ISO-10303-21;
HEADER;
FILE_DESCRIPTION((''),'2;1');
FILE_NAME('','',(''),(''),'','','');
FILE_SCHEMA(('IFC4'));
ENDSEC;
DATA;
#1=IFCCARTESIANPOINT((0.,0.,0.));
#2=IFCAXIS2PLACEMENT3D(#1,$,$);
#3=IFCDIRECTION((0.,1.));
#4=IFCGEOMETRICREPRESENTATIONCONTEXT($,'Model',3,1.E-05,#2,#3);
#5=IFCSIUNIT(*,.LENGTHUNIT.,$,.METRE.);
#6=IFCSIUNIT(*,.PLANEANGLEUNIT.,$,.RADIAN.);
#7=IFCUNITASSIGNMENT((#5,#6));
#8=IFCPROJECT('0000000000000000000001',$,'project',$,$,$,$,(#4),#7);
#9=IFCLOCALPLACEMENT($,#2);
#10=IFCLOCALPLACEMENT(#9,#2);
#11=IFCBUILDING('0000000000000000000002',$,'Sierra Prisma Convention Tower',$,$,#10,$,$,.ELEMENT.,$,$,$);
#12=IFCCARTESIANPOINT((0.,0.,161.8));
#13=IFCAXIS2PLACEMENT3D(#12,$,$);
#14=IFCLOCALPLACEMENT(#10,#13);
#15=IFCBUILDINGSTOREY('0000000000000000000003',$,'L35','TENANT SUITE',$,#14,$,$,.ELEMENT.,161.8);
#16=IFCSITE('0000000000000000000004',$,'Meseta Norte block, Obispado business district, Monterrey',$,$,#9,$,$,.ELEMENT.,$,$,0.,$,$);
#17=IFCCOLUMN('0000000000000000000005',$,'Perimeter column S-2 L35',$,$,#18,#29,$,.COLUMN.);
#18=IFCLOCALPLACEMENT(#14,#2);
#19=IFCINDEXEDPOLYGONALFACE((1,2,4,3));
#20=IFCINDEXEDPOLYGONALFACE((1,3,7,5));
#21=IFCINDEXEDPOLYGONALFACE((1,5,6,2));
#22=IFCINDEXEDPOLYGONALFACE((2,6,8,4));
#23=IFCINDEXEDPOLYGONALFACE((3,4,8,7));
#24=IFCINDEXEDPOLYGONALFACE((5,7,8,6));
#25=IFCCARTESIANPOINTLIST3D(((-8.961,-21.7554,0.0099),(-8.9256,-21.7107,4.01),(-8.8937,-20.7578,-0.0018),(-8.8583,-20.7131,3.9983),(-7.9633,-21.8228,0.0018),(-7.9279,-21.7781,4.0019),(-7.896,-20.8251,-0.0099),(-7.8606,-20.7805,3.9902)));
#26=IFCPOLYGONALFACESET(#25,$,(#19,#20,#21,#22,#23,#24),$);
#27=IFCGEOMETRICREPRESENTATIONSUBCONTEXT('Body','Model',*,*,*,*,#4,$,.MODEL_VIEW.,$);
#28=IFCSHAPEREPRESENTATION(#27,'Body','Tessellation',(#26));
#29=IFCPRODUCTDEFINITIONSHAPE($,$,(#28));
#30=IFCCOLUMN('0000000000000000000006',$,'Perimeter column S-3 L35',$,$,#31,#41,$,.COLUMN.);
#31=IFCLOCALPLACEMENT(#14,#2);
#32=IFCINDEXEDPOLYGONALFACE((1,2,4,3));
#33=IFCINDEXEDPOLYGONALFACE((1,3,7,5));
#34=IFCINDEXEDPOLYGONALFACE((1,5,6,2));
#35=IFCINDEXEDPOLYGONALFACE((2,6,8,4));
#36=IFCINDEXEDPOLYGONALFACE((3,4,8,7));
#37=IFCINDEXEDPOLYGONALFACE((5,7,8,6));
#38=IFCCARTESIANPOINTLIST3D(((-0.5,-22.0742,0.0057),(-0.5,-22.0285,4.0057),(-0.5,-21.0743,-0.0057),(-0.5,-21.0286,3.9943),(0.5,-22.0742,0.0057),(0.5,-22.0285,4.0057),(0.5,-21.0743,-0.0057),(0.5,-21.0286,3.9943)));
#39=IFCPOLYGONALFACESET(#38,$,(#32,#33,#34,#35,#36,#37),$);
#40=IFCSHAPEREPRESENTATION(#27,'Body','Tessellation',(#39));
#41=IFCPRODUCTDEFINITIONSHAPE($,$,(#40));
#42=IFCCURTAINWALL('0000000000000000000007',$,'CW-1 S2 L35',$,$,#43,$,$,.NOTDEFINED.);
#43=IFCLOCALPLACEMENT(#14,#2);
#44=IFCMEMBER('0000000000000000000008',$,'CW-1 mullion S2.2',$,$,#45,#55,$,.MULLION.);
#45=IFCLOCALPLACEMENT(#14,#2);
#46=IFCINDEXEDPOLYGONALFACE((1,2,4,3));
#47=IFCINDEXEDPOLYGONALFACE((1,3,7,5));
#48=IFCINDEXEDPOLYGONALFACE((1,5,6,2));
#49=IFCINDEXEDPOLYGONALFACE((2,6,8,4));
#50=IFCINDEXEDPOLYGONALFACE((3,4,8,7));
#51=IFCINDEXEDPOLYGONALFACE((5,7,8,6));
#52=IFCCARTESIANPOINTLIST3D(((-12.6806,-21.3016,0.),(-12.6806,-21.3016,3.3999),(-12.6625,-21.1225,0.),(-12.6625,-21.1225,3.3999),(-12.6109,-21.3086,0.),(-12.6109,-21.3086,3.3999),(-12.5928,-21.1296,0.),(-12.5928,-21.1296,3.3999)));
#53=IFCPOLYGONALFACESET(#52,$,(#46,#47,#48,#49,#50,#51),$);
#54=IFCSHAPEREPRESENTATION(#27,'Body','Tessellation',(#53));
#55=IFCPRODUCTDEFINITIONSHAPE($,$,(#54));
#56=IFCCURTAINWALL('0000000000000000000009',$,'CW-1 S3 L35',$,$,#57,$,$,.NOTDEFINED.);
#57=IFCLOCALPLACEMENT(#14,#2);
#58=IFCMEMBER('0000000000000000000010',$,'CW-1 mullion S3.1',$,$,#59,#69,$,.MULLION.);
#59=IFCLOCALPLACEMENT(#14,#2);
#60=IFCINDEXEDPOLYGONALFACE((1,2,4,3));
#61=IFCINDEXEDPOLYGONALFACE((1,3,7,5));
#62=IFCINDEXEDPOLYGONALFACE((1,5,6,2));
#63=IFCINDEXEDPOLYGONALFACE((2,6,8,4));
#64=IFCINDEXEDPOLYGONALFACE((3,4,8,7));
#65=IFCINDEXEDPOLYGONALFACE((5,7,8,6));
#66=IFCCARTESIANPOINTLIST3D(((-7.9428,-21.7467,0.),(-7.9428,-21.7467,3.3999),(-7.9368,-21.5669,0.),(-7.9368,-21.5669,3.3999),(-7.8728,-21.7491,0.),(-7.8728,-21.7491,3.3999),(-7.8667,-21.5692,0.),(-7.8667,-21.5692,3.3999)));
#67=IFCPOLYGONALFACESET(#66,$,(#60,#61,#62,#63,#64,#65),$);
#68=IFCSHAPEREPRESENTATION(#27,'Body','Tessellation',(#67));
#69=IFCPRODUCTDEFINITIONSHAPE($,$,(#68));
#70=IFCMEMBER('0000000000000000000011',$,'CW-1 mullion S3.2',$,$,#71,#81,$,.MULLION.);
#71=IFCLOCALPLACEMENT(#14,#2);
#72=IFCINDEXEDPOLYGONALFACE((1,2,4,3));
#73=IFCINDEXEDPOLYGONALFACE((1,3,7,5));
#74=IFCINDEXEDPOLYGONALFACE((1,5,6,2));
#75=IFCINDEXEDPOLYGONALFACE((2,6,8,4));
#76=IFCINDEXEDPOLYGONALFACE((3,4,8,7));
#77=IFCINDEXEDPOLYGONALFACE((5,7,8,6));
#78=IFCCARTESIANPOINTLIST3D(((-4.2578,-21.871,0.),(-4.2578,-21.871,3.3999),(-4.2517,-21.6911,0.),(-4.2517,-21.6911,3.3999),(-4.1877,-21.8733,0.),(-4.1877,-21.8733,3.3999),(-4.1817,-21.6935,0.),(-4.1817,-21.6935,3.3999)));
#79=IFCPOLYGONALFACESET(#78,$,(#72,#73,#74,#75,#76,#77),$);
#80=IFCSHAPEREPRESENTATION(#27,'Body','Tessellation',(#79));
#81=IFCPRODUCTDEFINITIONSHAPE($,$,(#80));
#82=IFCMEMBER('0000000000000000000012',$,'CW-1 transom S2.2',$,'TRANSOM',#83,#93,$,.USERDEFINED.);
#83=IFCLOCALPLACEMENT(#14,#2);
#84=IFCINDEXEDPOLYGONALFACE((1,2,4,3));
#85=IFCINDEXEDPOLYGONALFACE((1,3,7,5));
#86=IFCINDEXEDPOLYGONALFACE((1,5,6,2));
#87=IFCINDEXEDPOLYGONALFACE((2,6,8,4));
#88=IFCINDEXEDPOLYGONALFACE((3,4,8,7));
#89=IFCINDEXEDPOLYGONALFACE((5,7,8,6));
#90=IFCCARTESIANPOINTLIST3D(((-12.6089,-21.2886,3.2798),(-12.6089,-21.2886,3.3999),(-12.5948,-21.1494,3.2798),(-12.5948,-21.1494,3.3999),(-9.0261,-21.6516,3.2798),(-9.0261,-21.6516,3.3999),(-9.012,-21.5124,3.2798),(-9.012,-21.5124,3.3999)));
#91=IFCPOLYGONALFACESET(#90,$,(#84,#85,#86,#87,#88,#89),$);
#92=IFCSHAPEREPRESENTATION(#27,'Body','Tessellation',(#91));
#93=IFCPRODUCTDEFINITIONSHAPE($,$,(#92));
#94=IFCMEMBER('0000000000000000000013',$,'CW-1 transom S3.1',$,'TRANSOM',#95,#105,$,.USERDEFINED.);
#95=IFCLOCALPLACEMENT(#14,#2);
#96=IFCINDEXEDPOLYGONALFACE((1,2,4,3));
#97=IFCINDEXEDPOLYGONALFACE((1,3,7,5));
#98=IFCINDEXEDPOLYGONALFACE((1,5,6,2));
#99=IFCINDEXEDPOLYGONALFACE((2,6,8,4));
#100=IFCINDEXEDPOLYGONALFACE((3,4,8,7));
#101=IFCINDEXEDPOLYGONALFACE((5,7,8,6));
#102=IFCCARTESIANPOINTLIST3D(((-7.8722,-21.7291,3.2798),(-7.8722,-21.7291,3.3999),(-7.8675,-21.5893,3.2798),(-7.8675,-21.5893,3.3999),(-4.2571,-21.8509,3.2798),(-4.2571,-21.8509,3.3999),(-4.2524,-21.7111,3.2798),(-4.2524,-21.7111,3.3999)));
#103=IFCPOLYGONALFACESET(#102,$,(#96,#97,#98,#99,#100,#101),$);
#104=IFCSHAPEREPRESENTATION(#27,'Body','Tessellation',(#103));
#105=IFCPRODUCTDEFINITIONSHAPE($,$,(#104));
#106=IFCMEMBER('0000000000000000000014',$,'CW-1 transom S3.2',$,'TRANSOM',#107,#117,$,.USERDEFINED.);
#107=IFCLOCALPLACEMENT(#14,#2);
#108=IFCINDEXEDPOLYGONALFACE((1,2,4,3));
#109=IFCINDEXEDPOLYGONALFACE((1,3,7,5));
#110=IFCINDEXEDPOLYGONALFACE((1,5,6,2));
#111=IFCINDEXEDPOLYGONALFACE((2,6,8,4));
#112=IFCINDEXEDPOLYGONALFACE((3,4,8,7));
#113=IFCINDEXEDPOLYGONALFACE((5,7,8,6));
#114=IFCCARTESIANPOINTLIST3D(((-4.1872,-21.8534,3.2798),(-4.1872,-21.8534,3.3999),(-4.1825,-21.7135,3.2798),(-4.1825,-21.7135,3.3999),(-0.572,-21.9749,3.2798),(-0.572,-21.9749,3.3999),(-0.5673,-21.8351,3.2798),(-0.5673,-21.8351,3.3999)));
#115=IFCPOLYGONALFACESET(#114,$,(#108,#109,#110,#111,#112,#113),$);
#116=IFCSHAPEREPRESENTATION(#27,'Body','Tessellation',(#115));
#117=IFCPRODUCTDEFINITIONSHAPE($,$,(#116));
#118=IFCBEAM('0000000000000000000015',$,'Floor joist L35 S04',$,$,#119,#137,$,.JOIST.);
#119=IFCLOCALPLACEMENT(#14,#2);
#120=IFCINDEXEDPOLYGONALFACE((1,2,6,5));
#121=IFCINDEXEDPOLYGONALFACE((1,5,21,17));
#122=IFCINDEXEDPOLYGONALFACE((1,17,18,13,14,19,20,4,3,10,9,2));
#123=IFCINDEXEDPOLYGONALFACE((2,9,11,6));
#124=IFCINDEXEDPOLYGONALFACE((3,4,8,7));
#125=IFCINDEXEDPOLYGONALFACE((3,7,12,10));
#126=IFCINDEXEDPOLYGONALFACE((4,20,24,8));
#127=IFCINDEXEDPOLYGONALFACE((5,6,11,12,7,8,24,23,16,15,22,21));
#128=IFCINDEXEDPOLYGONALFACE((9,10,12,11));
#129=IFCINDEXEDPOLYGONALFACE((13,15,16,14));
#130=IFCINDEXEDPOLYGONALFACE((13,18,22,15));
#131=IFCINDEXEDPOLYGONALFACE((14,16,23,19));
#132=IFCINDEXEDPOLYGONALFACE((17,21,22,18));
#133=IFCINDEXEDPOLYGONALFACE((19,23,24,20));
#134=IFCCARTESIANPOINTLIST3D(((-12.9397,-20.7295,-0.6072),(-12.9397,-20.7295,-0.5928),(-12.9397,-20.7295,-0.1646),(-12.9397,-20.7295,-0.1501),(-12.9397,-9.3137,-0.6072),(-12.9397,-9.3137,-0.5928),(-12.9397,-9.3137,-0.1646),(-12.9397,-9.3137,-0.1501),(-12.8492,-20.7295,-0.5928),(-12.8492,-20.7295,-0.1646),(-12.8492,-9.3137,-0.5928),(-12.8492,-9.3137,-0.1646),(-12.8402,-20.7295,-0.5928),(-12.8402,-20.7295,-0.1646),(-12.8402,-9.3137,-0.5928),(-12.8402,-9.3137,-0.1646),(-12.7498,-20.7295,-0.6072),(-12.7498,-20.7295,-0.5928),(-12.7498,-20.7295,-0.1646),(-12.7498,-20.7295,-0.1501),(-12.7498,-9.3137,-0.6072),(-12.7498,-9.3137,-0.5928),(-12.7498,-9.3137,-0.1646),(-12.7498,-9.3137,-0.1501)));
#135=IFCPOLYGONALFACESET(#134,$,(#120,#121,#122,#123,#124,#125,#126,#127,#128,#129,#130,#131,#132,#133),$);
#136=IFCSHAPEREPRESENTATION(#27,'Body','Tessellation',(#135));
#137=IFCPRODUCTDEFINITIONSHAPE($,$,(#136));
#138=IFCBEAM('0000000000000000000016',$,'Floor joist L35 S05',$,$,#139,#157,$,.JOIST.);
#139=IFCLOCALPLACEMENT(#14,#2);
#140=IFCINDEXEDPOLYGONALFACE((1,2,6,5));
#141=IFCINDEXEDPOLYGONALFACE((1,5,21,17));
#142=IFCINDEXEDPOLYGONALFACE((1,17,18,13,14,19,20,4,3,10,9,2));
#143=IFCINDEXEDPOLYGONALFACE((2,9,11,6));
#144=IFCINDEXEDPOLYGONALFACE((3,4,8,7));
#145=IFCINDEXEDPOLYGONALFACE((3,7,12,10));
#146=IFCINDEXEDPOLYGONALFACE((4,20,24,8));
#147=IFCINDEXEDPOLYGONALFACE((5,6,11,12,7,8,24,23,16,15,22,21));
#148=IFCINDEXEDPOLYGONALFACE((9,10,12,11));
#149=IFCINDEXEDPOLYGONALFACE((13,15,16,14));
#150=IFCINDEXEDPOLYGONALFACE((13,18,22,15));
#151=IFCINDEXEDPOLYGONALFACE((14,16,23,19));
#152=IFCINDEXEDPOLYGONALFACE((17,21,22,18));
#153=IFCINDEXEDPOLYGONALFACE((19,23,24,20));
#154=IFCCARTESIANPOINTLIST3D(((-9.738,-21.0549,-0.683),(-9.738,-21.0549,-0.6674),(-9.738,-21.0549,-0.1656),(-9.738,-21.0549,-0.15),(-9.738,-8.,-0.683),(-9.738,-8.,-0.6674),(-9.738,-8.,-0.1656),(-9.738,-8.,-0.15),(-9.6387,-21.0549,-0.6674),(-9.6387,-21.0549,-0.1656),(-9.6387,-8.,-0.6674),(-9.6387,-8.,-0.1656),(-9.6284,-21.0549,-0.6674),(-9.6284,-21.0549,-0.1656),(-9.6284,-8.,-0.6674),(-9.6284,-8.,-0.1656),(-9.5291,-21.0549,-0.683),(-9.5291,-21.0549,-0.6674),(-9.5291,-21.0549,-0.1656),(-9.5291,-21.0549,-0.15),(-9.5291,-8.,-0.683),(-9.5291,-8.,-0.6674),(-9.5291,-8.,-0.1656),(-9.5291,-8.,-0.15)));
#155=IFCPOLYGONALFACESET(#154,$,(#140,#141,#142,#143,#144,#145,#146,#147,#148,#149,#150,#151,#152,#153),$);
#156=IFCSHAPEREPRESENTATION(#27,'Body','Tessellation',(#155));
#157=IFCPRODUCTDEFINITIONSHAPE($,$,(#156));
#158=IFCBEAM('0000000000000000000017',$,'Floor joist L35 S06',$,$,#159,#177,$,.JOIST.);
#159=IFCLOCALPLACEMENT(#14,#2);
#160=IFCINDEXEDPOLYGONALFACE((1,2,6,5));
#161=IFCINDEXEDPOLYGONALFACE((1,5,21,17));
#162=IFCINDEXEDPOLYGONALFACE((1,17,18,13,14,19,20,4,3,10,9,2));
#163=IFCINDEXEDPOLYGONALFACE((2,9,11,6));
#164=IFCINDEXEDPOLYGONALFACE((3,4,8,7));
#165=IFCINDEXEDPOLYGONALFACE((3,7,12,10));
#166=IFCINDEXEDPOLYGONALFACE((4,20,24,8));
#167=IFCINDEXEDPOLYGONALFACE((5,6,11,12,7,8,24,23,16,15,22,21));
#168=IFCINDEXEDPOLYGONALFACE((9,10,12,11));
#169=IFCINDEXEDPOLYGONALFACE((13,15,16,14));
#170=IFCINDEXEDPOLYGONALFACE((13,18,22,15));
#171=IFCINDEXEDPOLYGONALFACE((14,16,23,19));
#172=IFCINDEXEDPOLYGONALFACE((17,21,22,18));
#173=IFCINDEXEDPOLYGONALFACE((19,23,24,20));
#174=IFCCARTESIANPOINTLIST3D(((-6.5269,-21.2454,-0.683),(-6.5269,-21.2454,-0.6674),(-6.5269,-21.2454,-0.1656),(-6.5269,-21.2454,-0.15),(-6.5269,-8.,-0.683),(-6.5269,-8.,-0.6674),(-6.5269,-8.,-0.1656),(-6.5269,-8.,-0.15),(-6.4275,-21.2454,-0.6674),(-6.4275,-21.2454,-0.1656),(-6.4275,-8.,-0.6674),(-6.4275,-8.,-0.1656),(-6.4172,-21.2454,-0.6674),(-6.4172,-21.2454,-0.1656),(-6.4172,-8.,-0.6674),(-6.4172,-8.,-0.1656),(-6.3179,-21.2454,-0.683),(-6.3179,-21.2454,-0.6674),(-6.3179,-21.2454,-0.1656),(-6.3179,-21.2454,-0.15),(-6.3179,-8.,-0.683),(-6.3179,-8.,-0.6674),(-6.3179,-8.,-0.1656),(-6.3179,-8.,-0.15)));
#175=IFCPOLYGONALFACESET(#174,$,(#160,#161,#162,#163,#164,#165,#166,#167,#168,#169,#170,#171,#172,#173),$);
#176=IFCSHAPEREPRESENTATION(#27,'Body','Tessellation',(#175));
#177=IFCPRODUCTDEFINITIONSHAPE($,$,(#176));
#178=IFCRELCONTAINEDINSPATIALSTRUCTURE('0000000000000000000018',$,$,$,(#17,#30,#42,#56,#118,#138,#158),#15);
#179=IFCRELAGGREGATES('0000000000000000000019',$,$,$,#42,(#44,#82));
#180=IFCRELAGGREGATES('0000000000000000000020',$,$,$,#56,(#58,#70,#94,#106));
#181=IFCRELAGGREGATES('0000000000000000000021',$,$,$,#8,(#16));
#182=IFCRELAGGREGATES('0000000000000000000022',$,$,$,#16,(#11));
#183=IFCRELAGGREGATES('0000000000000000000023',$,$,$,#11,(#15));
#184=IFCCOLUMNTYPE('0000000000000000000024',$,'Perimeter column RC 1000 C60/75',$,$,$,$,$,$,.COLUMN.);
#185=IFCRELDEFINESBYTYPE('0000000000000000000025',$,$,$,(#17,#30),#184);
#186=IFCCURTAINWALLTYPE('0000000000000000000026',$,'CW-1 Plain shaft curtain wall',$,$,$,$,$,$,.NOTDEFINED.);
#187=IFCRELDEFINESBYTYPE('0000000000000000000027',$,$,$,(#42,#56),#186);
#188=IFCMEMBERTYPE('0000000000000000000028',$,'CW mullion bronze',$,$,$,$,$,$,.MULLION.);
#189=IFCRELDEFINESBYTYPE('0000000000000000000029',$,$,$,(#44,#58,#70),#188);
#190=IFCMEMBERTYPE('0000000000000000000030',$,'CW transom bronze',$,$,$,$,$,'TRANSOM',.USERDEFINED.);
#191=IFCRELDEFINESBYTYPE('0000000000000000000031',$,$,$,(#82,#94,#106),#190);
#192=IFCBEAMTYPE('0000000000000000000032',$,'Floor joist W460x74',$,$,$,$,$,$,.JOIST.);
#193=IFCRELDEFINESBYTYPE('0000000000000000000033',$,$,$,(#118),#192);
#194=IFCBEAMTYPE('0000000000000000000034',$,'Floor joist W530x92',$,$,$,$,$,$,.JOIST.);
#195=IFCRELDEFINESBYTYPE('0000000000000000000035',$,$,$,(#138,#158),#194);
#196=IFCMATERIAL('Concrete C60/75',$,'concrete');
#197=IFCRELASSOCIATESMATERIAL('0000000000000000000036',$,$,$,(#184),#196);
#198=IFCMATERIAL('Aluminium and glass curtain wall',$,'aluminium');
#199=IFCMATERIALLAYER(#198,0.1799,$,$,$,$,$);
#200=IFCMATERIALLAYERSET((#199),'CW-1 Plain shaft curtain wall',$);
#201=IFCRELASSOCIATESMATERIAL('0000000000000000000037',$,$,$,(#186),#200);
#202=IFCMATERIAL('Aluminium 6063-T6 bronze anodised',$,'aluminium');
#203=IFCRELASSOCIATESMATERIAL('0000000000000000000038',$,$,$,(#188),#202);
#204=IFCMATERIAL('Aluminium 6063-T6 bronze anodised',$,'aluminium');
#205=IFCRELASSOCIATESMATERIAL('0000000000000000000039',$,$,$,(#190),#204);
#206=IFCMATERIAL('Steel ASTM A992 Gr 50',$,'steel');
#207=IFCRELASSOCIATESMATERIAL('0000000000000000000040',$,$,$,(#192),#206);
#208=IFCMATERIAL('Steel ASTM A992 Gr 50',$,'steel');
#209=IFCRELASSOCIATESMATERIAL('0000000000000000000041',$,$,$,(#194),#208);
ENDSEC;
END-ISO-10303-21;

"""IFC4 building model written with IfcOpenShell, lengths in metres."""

from ifc_helpers import new_model, si_unit, direction, frame, origin, origin_2d, place, context, subcontext, project, spatial, rectangle, i_section, extrude, material, layer, layer_set, material_profile, profile_set, type_object, element, aggregate, save


model = new_model("IFC4")

# Units and contexts
model_context = context("Model", 3, precision=1e-05, world=origin(), true_north=direction((0.0, 1.0)))
body_context = subcontext(model_context, "Body", "Model", "MODEL_VIEW")
ifc_project = project(units=[si_unit("LENGTHUNIT", "METRE"), si_unit("PLANEANGLEUNIT", "RADIAN")], contexts=[model_context])

# Site, building, storey
site_placement = place(None, origin())
site = spatial("IfcSite", under=ifc_project, at=site_placement, Name="Meseta Norte block, Obispado business district, Monterrey", CompositionType="ELEMENT", RefElevation=0.0)
building_placement = place(site_placement, origin())
building = spatial("IfcBuilding", under=site, at=building_placement, Name="Sierra Prisma Convention Tower", CompositionType="ELEMENT")
storey_placement = place(building_placement, frame((0.0, 0.0, 161.8)))
storey = spatial("IfcBuildingStorey", under=building, at=storey_placement, Name="L35", Description="TENANT SUITE", CompositionType="ELEMENT", Elevation=161.8)

# Columns
ifc_material_1 = material(Name="Concrete C60/75", Category="concrete")
ifc_material_profile_1 = material_profile(ifc_material_1, rectangle(XDim=1.0, YDim=1.0, at=origin_2d()), Name="Perimeter column RC 1000 C60/75")
ifc_profile_set_1 = profile_set([ifc_material_profile_1], Name="Concrete C60/75")
column_type = type_object("IfcColumnType", Name="Perimeter column RC 1000 C60/75", PredefinedType="COLUMN", material=ifc_profile_set_1)
column_1_placement = place(storey_placement, frame((-8.4285, -21.2903, 0.0), z_axis=(0.008849, 0.011168, 0.999898), x_axis=(-0.997695, 0.06738, 0.008077)))
element("IfcColumn", 1, at=column_1_placement, inside=storey, type_object=column_type, Name="Perimeter column S-2 L35", PredefinedType="COLUMN", context=body_context, shape_type="SweptSolid", body=[
    extrude(rectangle(XDim=1.0, YDim=1.0, at=origin_2d()), origin(), (0.0, 0.0, 1.0), 4.0005),
])
column_2_placement = place(storey_placement, frame((0.0, -21.5742, 0.0), z_axis=(0.0, 0.011413, 0.999935), x_axis=(1.0, 0.0, 0.0)))
element("IfcColumn", 2, at=column_2_placement, inside=storey, type_object=column_type, Name="Perimeter column S-3 L35", PredefinedType="COLUMN", context=body_context, shape_type="SweptSolid", body=[
    extrude(rectangle(XDim=1.0, YDim=1.0, at=origin_2d()), origin(), (0.0, 0.0, 1.0), 4.0002),
])

# Curtain wall, member
ifc_material_2 = material(Name="Aluminium and glass curtain wall", Category="aluminium")
ifc_layer_1 = layer(ifc_material_2, 0.1799)
ifc_layer_set_1 = layer_set([ifc_layer_1], Name="CW-1 Plain shaft curtain wall")
curtain_wall_type = type_object("IfcCurtainWallType", Name="CW-1 Plain shaft curtain wall", PredefinedType="NOTDEFINED", material=ifc_layer_set_1)
curtain_wall_1_placement = place(storey_placement, origin())
curtain_wall_1 = element("IfcCurtainWall", 3, at=curtain_wall_1_placement, inside=storey, type_object=curtain_wall_type, Name="CW-1 S2 L35", PredefinedType="NOTDEFINED")
ifc_material_3 = material(Name="Aluminium 6063-T6 bronze anodised", Category="aluminium")
ifc_material_profile_2 = material_profile(ifc_material_3, rectangle(XDim=0.1799, YDim=0.0701, at=origin_2d()), Name="ALU MULLION 70x180")
ifc_profile_set_2 = profile_set([ifc_material_profile_2], Name="Aluminium 6063-T6 bronze anodised")
member_type_1 = type_object("IfcMemberType", Name="CW mullion bronze", PredefinedType="MULLION", material=ifc_profile_set_2)
member_1_placement = place(storey_placement, frame((-12.6367, -21.2156, 0.0), z_axis=(0.0, 0.0, 1.0), x_axis=(0.100833, 0.994903, 0.0)))
member_1 = element("IfcMember", 4, at=member_1_placement, type_object=member_type_1, Name="CW-1 mullion S2.2", PredefinedType="MULLION", context=body_context, shape_type="SweptSolid", body=[
    extrude(rectangle(XDim=0.1799, YDim=0.0701, at=origin_2d()), origin(), (0.0, 0.0, 1.0), 3.3999),
])

# Curtain wall, members
curtain_wall_2_placement = place(storey_placement, origin())
curtain_wall_2 = element("IfcCurtainWall", 5, at=curtain_wall_2_placement, inside=storey, type_object=curtain_wall_type, Name="CW-1 S3 L35", PredefinedType="NOTDEFINED")
member_2_placement = place(storey_placement, frame((-7.9048, -21.658, 0.0), z_axis=(0.0, 0.0, 1.0), x_axis=(0.033662, 0.999433, 0.0)))
member_2 = element("IfcMember", 6, at=member_2_placement, type_object=member_type_1, Name="CW-1 mullion S3.1", PredefinedType="MULLION", context=body_context, shape_type="SweptSolid", body=[
    extrude(rectangle(XDim=0.1799, YDim=0.0701, at=origin_2d()), origin(), (0.0, 0.0, 1.0), 3.3999),
])
member_3_placement = place(storey_placement, frame((-4.2197, -21.7822, 0.0), z_axis=(0.0, 0.0, 1.0), x_axis=(0.033662, 0.999433, 0.0)))
member_3 = element("IfcMember", 7, at=member_3_placement, type_object=member_type_1, Name="CW-1 mullion S3.2", PredefinedType="MULLION", context=body_context, shape_type="SweptSolid", body=[
    extrude(rectangle(XDim=0.1799, YDim=0.0701, at=origin_2d()), origin(), (0.0, 0.0, 1.0), 3.3999),
])

# Members
ifc_material_4 = material(Name="Aluminium 6063-T6 bronze anodised", Category="aluminium")
ifc_material_profile_3 = material_profile(ifc_material_4, rectangle(XDim=0.1399, YDim=0.1201, at=origin_2d()), Name="ALU TRANSOM 120x140")
ifc_profile_set_3 = profile_set([ifc_material_profile_3], Name="Aluminium 6063-T6 bronze anodised")
member_type_2 = type_object("IfcMemberType", Name="CW transom bronze", ElementType="TRANSOM", PredefinedType="USERDEFINED", material=ifc_profile_set_3)
member_4_placement = place(storey_placement, frame((-12.6018, -21.219, 3.3398), z_axis=(0.994905, -0.100813, 0.0), x_axis=(0.100813, 0.994905, 0.0)))
member_4 = element("IfcMember", 8, at=member_4_placement, type_object=member_type_2, Name="CW-1 transom S2.2", ObjectType="TRANSOM", PredefinedType="USERDEFINED", context=body_context, shape_type="SweptSolid", body=[
    extrude(rectangle(XDim=0.1399, YDim=0.1201, at=origin_2d()), origin(), (0.0, 0.0, 1.0), 3.6011),
])
member_5_placement = place(storey_placement, frame((-7.8699, -21.6592, 3.3398), z_axis=(0.999433, -0.033679, 0.0), x_axis=(0.033679, 0.999433, 0.0)))
member_5 = element("IfcMember", 9, at=member_5_placement, type_object=member_type_2, Name="CW-1 transom S3.1", ObjectType="TRANSOM", PredefinedType="USERDEFINED", context=body_context, shape_type="SweptSolid", body=[
    extrude(rectangle(XDim=0.1399, YDim=0.1201, at=origin_2d()), origin(), (0.0, 0.0, 1.0), 3.6172),
])
member_6_placement = place(storey_placement, frame((-4.1848, -21.7834, 3.3398), z_axis=(0.999435, -0.033611, 0.0), x_axis=(0.033611, 0.999435, 0.0)))
member_6 = element("IfcMember", 10, at=member_6_placement, type_object=member_type_2, Name="CW-1 transom S3.2", ObjectType="TRANSOM", PredefinedType="USERDEFINED", context=body_context, shape_type="SweptSolid", body=[
    extrude(rectangle(XDim=0.1399, YDim=0.1201, at=origin_2d()), origin(), (0.0, 0.0, 1.0), 3.6172),
])

# Beams
ifc_material_5 = material(Name="Steel ASTM A992 Gr 50", Category="steel")
ifc_material_profile_4 = material_profile(ifc_material_5, i_section(OverallWidth=0.1899, OverallDepth=0.457, WebThickness=0.009, FlangeThickness=0.0144, at=origin_2d()), Name="W460x74")
ifc_profile_set_4 = profile_set([ifc_material_profile_4], Name="Steel ASTM A992 Gr 50")
beam_type_1 = type_object("IfcBeamType", Name="Floor joist W460x74", PredefinedType="JOIST", material=ifc_profile_set_4)
beam_1_placement = place(storey_placement, frame((-12.8447, -20.7295, -0.3787), z_axis=(0.0, 1.0, 0.0), x_axis=(-1.0, 0.0, 0.0)))
element("IfcBeam", 11, at=beam_1_placement, inside=storey, type_object=beam_type_1, Name="Floor joist L35 S04", PredefinedType="JOIST", context=body_context, shape_type="SweptSolid", body=[
    extrude(i_section(OverallWidth=0.1899, OverallDepth=0.457, WebThickness=0.009, FlangeThickness=0.0144, at=origin_2d()), origin(), (0.0, 0.0, 1.0), 11.4158),
])
ifc_material_6 = material(Name="Steel ASTM A992 Gr 50", Category="steel")
ifc_material_profile_5 = material_profile(ifc_material_6, i_section(OverallWidth=0.209, OverallDepth=0.533, WebThickness=0.0103, FlangeThickness=0.0156, at=origin_2d()), Name="W530x92")
ifc_profile_set_5 = profile_set([ifc_material_profile_5], Name="Steel ASTM A992 Gr 50")
beam_type_2 = type_object("IfcBeamType", Name="Floor joist W530x92", PredefinedType="JOIST", material=ifc_profile_set_5)
beam_2_placement = place(storey_placement, frame((-9.6335, -21.0549, -0.4165), z_axis=(0.0, 1.0, 0.0), x_axis=(-1.0, 0.0, 0.0)))
element("IfcBeam", 12, at=beam_2_placement, inside=storey, type_object=beam_type_2, Name="Floor joist L35 S05", PredefinedType="JOIST", context=body_context, shape_type="SweptSolid", body=[
    extrude(i_section(OverallWidth=0.209, OverallDepth=0.533, WebThickness=0.0103, FlangeThickness=0.0156, at=origin_2d()), origin(), (0.0, 0.0, 1.0), 13.0549),
])
beam_3_placement = place(storey_placement, frame((-6.4224, -21.2454, -0.4165), z_axis=(0.0, 1.0, 0.0), x_axis=(-1.0, 0.0, 0.0)))
element("IfcBeam", 13, at=beam_3_placement, inside=storey, type_object=beam_type_2, Name="Floor joist L35 S06", PredefinedType="JOIST", context=body_context, shape_type="SweptSolid", body=[
    extrude(i_section(OverallWidth=0.209, OverallDepth=0.533, WebThickness=0.0103, FlangeThickness=0.0156, at=origin_2d()), origin(), (0.0, 0.0, 1.0), 13.2454),
])

aggregate(curtain_wall_1, [member_1, member_4])
aggregate(curtain_wall_2, [member_2, member_3, member_5, member_6])

save(model, "model.ifc")
